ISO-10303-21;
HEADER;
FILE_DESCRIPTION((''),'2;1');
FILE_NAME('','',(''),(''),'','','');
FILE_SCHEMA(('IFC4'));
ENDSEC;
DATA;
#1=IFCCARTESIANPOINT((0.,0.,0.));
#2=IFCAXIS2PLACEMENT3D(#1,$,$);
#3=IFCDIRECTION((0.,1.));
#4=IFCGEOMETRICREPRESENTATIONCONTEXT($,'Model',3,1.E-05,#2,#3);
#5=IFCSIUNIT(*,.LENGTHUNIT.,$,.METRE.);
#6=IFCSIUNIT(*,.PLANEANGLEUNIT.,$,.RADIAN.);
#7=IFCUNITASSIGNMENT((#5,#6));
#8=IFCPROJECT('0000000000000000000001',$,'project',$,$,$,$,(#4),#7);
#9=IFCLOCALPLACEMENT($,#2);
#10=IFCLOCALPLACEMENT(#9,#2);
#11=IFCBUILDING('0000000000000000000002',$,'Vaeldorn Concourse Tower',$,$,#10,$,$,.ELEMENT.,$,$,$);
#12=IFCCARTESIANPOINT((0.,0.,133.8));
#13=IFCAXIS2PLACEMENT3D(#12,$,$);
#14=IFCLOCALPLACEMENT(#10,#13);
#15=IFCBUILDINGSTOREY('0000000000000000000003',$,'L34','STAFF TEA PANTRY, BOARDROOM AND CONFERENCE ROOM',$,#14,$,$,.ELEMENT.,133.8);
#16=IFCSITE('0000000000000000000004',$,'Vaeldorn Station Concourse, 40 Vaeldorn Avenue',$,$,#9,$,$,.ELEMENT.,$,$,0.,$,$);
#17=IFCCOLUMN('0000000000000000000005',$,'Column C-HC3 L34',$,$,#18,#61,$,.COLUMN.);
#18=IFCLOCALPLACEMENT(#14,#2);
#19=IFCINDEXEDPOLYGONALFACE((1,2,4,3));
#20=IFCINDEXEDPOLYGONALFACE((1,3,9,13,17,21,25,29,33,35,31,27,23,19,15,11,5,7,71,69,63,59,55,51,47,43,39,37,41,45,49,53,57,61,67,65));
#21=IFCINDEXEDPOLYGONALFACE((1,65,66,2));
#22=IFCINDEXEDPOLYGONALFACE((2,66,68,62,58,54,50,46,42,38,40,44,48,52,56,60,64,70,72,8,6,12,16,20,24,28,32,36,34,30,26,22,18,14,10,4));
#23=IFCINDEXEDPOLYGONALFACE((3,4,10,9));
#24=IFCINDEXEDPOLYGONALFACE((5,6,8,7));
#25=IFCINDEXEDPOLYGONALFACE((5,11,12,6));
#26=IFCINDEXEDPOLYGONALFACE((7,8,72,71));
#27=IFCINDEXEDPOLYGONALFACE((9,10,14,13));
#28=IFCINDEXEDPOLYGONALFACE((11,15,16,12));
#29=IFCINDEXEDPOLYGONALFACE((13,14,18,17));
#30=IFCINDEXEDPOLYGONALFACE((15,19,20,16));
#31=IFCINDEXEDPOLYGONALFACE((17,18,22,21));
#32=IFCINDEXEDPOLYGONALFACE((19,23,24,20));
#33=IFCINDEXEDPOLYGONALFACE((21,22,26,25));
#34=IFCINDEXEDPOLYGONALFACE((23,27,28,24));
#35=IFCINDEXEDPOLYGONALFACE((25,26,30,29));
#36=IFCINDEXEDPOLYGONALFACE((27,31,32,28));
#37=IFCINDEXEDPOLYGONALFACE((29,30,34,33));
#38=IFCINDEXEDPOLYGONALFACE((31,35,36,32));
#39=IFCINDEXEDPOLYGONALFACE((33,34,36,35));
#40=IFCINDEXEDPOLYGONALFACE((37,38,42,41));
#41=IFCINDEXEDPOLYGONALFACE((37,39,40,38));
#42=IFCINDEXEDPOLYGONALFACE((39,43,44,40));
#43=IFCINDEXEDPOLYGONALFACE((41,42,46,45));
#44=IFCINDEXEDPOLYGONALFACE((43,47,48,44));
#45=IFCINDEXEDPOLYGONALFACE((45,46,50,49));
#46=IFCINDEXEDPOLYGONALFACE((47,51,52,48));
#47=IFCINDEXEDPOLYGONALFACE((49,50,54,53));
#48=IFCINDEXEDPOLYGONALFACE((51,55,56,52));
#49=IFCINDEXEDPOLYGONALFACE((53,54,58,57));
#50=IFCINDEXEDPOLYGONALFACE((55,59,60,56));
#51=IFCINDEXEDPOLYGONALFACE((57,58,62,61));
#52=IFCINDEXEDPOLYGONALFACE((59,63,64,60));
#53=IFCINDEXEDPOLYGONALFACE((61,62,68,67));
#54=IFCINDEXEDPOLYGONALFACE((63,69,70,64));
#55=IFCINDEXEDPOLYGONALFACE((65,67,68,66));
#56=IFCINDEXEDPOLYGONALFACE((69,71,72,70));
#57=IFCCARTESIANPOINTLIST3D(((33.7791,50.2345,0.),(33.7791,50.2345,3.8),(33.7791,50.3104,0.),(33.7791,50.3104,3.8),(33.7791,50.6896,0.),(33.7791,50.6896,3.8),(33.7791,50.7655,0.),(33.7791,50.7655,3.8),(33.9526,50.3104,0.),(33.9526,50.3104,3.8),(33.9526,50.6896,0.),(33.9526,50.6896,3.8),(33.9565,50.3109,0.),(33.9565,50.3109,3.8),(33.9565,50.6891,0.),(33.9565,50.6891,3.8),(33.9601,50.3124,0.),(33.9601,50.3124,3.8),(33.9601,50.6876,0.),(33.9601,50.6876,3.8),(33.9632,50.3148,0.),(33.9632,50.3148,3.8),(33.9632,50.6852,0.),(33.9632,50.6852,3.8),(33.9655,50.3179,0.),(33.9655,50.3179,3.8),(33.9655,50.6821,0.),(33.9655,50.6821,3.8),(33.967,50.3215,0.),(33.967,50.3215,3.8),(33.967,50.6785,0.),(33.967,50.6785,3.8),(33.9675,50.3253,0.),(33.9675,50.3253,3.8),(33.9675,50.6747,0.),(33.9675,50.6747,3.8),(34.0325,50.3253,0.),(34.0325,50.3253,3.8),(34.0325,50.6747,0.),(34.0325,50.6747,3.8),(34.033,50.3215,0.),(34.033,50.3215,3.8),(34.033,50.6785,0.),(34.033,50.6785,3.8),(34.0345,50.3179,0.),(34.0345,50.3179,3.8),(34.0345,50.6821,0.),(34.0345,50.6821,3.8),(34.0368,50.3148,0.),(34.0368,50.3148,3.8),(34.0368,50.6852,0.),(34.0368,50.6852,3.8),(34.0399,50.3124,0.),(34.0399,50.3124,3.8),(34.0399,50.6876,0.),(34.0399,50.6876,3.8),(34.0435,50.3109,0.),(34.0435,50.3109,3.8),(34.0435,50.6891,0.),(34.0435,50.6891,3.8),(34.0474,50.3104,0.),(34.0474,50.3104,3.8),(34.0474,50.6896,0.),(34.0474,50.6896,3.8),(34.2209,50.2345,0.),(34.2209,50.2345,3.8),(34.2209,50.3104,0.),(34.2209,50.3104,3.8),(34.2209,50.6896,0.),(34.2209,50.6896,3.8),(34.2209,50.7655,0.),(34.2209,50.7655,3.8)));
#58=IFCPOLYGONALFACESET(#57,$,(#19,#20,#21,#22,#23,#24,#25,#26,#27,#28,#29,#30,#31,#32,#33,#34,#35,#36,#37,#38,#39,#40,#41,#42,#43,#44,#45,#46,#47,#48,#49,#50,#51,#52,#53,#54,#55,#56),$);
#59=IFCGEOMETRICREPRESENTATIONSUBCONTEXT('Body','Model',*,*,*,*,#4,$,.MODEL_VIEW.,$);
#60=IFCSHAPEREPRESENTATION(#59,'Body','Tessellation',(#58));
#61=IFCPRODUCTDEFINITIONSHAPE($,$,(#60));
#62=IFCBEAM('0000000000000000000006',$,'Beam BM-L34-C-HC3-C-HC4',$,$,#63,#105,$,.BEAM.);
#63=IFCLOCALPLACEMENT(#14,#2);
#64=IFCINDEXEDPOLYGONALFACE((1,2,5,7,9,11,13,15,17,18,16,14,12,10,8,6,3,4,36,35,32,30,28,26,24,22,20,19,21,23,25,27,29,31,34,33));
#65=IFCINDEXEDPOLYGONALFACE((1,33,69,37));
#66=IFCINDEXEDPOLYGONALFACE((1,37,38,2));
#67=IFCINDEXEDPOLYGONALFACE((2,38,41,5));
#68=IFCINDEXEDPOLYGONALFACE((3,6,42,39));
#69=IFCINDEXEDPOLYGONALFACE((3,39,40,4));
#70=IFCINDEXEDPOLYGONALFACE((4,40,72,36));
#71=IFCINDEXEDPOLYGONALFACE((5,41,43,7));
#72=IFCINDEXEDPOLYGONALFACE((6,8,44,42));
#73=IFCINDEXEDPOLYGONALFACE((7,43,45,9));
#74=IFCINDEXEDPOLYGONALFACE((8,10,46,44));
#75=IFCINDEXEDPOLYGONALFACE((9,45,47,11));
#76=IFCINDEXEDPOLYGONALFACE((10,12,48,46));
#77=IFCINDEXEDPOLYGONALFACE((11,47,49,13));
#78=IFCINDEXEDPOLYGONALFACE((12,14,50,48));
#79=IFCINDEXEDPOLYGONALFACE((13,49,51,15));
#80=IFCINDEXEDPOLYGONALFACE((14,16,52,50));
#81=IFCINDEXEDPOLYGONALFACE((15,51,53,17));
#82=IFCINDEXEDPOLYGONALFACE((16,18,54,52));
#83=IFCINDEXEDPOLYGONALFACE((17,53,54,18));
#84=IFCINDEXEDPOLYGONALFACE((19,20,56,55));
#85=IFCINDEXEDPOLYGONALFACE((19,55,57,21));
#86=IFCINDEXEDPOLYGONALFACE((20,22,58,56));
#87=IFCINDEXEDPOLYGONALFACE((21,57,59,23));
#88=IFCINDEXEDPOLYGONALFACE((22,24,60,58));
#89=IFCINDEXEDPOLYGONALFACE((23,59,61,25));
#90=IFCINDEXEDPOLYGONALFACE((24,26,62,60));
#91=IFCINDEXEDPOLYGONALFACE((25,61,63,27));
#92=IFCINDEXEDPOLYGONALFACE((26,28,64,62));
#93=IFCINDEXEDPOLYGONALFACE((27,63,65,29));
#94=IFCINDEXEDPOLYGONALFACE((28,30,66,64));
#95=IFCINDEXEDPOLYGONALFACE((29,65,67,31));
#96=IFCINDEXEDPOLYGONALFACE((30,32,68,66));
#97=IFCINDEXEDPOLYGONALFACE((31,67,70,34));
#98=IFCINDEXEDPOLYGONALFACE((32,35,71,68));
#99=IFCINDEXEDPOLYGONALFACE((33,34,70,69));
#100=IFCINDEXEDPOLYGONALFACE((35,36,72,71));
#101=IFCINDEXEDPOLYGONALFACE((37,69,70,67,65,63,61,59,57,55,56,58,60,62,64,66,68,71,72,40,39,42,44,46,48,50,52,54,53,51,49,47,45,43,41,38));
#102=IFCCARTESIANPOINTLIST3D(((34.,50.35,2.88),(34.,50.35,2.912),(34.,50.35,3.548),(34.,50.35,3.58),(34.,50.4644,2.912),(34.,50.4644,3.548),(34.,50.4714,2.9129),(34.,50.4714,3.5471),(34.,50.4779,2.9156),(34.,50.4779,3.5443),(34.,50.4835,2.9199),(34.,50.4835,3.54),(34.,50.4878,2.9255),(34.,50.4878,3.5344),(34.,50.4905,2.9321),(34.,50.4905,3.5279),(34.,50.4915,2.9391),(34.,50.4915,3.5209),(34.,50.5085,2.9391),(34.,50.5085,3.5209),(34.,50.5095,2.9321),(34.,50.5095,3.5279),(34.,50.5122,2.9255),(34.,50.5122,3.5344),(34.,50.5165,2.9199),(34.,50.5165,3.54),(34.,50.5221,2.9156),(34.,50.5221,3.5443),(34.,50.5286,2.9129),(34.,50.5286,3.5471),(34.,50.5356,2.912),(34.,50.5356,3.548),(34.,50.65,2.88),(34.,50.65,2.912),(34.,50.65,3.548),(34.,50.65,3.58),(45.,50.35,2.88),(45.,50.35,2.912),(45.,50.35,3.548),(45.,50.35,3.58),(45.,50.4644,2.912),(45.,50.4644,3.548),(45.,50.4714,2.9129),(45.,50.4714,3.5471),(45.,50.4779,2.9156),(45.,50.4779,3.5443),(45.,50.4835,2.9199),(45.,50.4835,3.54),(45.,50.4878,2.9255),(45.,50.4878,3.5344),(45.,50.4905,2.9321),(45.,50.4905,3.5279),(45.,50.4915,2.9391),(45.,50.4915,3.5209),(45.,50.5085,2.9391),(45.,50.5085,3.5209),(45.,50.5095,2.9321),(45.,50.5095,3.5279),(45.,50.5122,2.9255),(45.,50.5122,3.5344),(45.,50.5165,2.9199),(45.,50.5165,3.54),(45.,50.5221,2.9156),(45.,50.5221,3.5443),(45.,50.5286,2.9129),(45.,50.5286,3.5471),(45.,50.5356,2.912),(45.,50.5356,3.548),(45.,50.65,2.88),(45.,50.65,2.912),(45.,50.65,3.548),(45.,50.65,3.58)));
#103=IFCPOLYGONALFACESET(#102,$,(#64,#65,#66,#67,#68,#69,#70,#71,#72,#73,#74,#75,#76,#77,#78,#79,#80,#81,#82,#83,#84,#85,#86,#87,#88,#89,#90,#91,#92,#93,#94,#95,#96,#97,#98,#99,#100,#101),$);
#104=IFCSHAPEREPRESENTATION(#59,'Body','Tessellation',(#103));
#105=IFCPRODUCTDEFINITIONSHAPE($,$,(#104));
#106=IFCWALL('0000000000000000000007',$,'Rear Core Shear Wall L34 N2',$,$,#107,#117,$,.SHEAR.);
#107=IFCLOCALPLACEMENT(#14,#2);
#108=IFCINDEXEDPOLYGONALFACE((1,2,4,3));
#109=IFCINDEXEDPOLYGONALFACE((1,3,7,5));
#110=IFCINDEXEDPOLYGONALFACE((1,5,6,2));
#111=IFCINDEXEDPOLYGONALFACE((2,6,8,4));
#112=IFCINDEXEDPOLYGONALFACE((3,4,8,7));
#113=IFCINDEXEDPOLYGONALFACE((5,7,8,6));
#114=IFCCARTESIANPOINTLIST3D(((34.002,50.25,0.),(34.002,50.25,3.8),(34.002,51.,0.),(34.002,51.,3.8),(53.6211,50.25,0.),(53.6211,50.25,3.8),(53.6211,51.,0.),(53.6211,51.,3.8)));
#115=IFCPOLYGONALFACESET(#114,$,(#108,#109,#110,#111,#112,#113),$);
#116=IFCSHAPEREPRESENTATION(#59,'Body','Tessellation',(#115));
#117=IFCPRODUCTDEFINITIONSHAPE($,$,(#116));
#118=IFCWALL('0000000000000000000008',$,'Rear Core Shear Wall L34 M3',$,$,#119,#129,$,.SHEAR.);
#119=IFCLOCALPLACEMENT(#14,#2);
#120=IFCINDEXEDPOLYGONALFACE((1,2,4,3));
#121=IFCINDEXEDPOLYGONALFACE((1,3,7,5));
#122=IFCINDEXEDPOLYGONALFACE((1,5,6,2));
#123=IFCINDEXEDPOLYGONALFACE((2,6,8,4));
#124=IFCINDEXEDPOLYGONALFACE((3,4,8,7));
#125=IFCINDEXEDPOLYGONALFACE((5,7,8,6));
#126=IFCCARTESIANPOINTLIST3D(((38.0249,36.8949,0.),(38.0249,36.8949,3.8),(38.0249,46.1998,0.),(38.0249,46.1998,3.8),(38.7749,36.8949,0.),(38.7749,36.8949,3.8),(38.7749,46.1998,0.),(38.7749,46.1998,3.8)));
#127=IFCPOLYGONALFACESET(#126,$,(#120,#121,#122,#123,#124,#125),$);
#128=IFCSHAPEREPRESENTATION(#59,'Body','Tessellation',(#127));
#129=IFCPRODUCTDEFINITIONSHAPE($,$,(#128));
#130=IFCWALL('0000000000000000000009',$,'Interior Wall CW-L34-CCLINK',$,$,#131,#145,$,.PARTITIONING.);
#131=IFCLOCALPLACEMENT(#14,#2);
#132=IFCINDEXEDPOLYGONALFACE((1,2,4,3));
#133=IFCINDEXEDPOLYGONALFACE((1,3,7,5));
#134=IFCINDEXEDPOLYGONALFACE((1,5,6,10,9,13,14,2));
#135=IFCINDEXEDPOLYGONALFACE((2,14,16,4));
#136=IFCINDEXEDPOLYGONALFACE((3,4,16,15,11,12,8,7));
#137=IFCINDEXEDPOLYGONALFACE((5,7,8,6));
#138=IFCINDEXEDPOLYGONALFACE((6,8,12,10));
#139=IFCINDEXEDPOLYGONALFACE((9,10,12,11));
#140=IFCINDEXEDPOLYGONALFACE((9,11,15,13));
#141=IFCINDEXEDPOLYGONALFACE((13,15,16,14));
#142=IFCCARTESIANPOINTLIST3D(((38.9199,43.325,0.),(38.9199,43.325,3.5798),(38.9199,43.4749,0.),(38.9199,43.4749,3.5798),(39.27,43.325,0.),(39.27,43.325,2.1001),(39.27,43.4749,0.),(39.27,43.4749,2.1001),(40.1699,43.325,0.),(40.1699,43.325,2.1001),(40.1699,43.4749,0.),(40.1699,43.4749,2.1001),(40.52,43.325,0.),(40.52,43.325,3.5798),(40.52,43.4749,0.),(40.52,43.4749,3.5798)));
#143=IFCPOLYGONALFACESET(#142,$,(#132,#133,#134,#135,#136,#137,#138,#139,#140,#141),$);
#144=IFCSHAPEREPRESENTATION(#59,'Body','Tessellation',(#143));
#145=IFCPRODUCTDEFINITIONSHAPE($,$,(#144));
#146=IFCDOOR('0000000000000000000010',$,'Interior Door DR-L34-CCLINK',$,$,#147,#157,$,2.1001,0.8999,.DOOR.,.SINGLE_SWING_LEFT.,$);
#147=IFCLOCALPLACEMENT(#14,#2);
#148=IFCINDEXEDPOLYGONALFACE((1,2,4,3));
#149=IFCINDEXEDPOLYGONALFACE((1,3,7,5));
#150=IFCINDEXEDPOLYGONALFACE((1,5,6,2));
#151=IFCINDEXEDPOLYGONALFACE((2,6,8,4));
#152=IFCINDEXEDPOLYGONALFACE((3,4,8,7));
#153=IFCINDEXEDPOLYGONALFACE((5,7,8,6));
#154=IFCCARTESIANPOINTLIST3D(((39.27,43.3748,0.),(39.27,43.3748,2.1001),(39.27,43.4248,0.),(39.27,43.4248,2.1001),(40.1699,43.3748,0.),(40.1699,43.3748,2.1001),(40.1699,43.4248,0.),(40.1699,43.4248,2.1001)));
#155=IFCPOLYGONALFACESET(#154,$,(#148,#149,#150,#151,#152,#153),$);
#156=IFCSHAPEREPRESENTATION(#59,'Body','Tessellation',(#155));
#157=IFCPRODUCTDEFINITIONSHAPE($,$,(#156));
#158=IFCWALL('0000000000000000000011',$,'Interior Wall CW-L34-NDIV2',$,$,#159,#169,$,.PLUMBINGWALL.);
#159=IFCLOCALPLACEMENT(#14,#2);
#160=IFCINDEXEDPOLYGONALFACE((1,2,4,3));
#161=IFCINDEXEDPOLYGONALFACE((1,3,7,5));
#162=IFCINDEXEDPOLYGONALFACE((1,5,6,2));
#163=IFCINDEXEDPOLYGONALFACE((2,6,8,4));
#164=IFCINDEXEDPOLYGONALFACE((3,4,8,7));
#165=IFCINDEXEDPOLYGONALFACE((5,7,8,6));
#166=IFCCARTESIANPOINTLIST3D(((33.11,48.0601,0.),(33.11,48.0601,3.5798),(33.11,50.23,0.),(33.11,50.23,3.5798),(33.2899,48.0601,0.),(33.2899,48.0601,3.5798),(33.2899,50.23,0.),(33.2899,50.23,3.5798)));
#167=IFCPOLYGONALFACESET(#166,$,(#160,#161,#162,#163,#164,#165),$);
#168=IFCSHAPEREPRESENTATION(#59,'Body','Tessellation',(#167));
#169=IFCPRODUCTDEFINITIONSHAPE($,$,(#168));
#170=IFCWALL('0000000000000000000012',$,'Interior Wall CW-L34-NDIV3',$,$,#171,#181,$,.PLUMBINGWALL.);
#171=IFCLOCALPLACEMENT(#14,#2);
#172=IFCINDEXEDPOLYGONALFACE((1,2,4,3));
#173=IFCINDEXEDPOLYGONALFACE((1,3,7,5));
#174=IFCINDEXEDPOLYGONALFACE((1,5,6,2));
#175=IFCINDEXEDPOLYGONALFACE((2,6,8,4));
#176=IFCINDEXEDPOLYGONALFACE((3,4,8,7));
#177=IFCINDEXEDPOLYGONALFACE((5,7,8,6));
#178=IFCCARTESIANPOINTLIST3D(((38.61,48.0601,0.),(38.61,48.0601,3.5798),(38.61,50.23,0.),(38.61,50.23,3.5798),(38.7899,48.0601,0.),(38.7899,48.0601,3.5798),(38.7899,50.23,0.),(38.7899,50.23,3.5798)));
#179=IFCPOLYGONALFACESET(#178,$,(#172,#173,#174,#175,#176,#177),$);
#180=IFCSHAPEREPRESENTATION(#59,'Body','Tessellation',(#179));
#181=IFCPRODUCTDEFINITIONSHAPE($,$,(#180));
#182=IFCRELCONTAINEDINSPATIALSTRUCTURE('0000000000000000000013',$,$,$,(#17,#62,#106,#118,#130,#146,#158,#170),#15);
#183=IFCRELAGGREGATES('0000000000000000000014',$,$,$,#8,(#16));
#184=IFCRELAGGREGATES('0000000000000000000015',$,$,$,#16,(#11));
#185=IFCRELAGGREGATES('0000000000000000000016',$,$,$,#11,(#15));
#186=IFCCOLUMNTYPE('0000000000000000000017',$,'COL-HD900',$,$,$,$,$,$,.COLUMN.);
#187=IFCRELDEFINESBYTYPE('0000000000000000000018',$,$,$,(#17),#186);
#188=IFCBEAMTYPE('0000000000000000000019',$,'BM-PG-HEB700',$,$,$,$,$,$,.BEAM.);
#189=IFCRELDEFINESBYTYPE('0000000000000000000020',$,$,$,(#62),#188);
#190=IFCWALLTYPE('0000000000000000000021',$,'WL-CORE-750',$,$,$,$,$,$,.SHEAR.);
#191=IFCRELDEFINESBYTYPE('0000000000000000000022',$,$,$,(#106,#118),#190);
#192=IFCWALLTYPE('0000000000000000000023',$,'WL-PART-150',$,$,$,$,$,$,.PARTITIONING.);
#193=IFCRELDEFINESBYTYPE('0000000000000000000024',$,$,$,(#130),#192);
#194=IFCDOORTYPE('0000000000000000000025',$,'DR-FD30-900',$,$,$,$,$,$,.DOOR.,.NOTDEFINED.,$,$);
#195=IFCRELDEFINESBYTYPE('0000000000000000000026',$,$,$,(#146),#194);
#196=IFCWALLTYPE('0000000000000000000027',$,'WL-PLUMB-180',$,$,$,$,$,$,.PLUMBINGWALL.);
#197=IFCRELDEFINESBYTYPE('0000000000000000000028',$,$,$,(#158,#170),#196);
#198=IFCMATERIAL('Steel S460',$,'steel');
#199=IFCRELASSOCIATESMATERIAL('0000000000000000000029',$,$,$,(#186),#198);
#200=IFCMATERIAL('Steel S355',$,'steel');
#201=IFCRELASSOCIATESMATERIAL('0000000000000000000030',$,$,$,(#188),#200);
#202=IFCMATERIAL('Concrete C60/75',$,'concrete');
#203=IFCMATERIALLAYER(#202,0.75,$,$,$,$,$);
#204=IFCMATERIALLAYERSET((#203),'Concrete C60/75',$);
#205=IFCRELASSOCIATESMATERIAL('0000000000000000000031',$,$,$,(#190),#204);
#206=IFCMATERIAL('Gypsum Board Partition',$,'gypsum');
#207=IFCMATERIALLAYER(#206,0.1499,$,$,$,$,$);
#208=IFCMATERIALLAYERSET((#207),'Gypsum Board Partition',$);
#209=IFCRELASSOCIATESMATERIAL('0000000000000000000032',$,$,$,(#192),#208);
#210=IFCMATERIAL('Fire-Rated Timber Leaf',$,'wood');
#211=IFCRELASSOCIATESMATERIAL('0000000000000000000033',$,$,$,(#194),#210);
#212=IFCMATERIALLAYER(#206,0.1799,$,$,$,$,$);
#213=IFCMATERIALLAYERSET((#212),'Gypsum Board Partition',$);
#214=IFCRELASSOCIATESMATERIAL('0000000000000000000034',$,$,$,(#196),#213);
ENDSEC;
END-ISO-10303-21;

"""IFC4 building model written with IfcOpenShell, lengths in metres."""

from ifc_helpers import new_model, si_unit, direction, frame, frame_2d, origin, origin_2d, place, context, subcontext, project, spatial, rectangle, i_section, extrude, source, transform, mapped, material, layer, layer_set, material_profile, profile_set, type_object, element, fill, save


model = new_model("IFC4")

# Units and contexts
model_context = context("Model", 3, precision=1e-05, world=origin(), true_north=direction((0.0, 1.0)))
body_context = subcontext(model_context, "Body", "Model", "MODEL_VIEW")
ifc_project = project(units=[si_unit("LENGTHUNIT", "METRE"), si_unit("PLANEANGLEUNIT", "RADIAN")], contexts=[model_context])

# Site, building, storey
site_placement = place(None, origin())
site = spatial("IfcSite", under=ifc_project, at=site_placement, Name="Vaeldorn Station Concourse, 40 Vaeldorn Avenue", CompositionType="ELEMENT", RefElevation=0.0)
building_placement = place(site_placement, origin())
building = spatial("IfcBuilding", under=site, at=building_placement, Name="Vaeldorn Concourse Tower", CompositionType="ELEMENT")
storey_placement = place(building_placement, frame((0.0, 0.0, 133.8)))
storey = spatial("IfcBuildingStorey", under=building, at=storey_placement, Name="L34", Description="STAFF TEA PANTRY, BOARDROOM AND CONFERENCE ROOM", CompositionType="ELEMENT", Elevation=133.8)

# Column
ifc_material_1 = material(Name="Steel S460", Category="steel")
ifc_material_profile_1 = material_profile(ifc_material_1, i_section(OverallWidth=0.4419, OverallDepth=0.531, WebThickness=0.0649, FlangeThickness=0.0759, FilletRadius=0.0149, at=origin_2d()), Name="HD 400x900")
ifc_profile_set_1 = profile_set([ifc_material_profile_1], Name="Steel S460")
column_type = type_object("IfcColumnType", Name="COL-HD900", PredefinedType="COLUMN", material=ifc_profile_set_1)
shared_shape_1 = source(origin(), body_context, "Body", "SweptSolid", [
    extrude(i_section(OverallWidth=0.4419, OverallDepth=0.531, WebThickness=0.0649, FlangeThickness=0.0759, FilletRadius=0.0149, at=origin_2d()), origin(), (0.0, 0.0, 1.0), 3.8),
])
column_placement = place(storey_placement, frame((34.0, 50.5, 0.0), z_axis=(0.0, 0.0, 1.0), x_axis=(1.0, 0.0, 0.0)))
element("IfcColumn", 1, at=column_placement, inside=storey, type_object=column_type, Name="Column C-HC3 L34", PredefinedType="COLUMN", context=body_context, shape_type="MappedRepresentation", body=[
    mapped(shared_shape_1, transform((0.0, 0.0, 0.0), scale=1.0)),
])

# Beam
ifc_material_2 = material(Name="Steel S355", Category="steel")
ifc_material_profile_2 = material_profile(ifc_material_2, i_section(OverallWidth=0.3, OverallDepth=0.7, WebThickness=0.0171, FlangeThickness=0.032, FilletRadius=0.0271, at=origin_2d()), Name="HEB 700")
ifc_profile_set_2 = profile_set([ifc_material_profile_2], Name="Steel S355")
beam_type = type_object("IfcBeamType", Name="BM-PG-HEB700", PredefinedType="BEAM", material=ifc_profile_set_2)
shared_shape_2 = source(origin(), body_context, "Body", "SweptSolid", [
    extrude(i_section(OverallWidth=0.3, OverallDepth=0.7, WebThickness=0.0171, FlangeThickness=0.032, FilletRadius=0.0271, at=origin_2d()), origin(), (0.0, 0.0, 1.0), 11.0),
])
beam_placement = place(storey_placement, frame((34.0, 50.5, 3.23), z_axis=(1.0, 0.0, 0.0), x_axis=(0.0, 1.0, 0.0)))
element("IfcBeam", 2, at=beam_placement, inside=storey, type_object=beam_type, Name="Beam BM-L34-C-HC3-C-HC4", PredefinedType="BEAM", context=body_context, shape_type="MappedRepresentation", body=[
    mapped(shared_shape_2, transform((0.0, 0.0, 0.0), scale=1.0)),
])

# Walls
ifc_material_3 = material(Name="Concrete C60/75", Category="concrete")
ifc_layer_1 = layer(ifc_material_3, 0.75)
ifc_layer_set_1 = layer_set([ifc_layer_1], Name="Concrete C60/75")
wall_type_1 = type_object("IfcWallType", Name="WL-CORE-750", PredefinedType="SHEAR", material=ifc_layer_set_1)
wall_1_placement = place(storey_placement, frame((34.002, 50.625, 0.0), z_axis=(0.0, 0.0, 1.0), x_axis=(1.0, 0.0, 0.0)))
element("IfcWall", 3, at=wall_1_placement, inside=storey, type_object=wall_type_1, Name="Rear Core Shear Wall L34 N2", PredefinedType="SHEAR", context=body_context, shape_type="SweptSolid", body=[
    extrude(rectangle(XDim=19.6191, YDim=0.75, at=frame_2d((9.8096, 0.0))), origin(), (0.0, 0.0, 1.0), 3.8),
])
wall_2_placement = place(storey_placement, frame((38.3999, 36.895, 0.0), z_axis=(0.0, 0.0, 1.0), x_axis=(0.0, 1.0, 0.0)))
element("IfcWall", 4, at=wall_2_placement, inside=storey, type_object=wall_type_1, Name="Rear Core Shear Wall L34 M3", PredefinedType="SHEAR", context=body_context, shape_type="SweptSolid", body=[
    extrude(rectangle(XDim=9.3049, YDim=0.75, at=frame_2d((4.6523, 0.0))), origin(), (0.0, 0.0, 1.0), 3.8),
])

# Wall, opening, door
ifc_material_4 = material(Name="Gypsum Board Partition", Category="gypsum")
ifc_layer_2 = layer(ifc_material_4, 0.1499)
ifc_layer_set_2 = layer_set([ifc_layer_2], Name="Gypsum Board Partition")
wall_type_2 = type_object("IfcWallType", Name="WL-PART-150", PredefinedType="PARTITIONING", material=ifc_layer_set_2)
wall_3_placement = place(storey_placement, frame((38.9199, 43.3999, 0.0), z_axis=(0.0, 0.0, 1.0), x_axis=(1.0, 0.0, 0.0)))
wall_3 = element("IfcWall", 5, at=wall_3_placement, inside=storey, type_object=wall_type_2, Name="Interior Wall CW-L34-CCLINK", PredefinedType="PARTITIONING", context=body_context, shape_type="SweptSolid", body=[
    extrude(rectangle(XDim=1.6001, YDim=0.1499, at=frame_2d((0.8, 0.0))), origin(), (0.0, 0.0, 1.0), 3.5798),
])
opening_1_placement = place(wall_3_placement, frame((0.3501, 0.0, 0.0)))
opening_1 = element("IfcOpeningElement", 6, at=opening_1_placement, cuts=wall_3, PredefinedType="OPENING", context=body_context, shape_type="SweptSolid", body=[
    extrude(rectangle(XDim=0.8999, YDim=2.1001, at=frame_2d((0.45, 1.05))), frame((0.0, 0.085, 0.0), z_axis=(0.0, -1.0, 0.0), x_axis=(1.0, 0.0, 0.0)), (0.0, 0.0, 1.0), 0.1699),
])
ifc_material_5 = material(Name="Fire-Rated Timber Leaf", Category="wood")
door_type_1 = type_object("IfcDoorType", Name="DR-FD30-900", OperationType="NOTDEFINED", PredefinedType="DOOR", material=ifc_material_5)
shared_shape_3 = source(origin(), body_context, "Body", "SweptSolid", [
    extrude(rectangle(XDim=0.8999, YDim=2.1001, at=frame_2d((0.45, 1.05))), frame((0.0, 0.0249, 0.0), z_axis=(0.0, -1.0, 0.0), x_axis=(1.0, 0.0, 0.0)), (0.0, 0.0, 1.0), 0.05),
])
door_1_placement = place(opening_1_placement, origin())
door_1 = element("IfcDoor", 7, at=door_1_placement, inside=storey, type_object=door_type_1, Name="Interior Door DR-L34-CCLINK", OperationType="SINGLE_SWING_LEFT", OverallHeight=2.1001, OverallWidth=0.8999, PredefinedType="DOOR", context=body_context, shape_type="MappedRepresentation", body=[
    mapped(shared_shape_3, transform((0.0, 0.0, 0.0), scale=1.0)),
])
fill(opening_1, door_1)

# Walls
ifc_layer_3 = layer(ifc_material_4, 0.1799)
ifc_layer_set_3 = layer_set([ifc_layer_3], Name="Gypsum Board Partition")
wall_type_3 = type_object("IfcWallType", Name="WL-PLUMB-180", PredefinedType="PLUMBINGWALL", material=ifc_layer_set_3)
for number, where, z_axis, x_axis, name in (
    (8, (33.2, 48.0601, 0.0), (0.0, 0.0, 1.0), (0.0, 1.0, 0.0), "Interior Wall CW-L34-NDIV2"),
    (9, (38.7, 48.0601, 0.0), (0.0, 0.0, 1.0), (0.0, 1.0, 0.0), "Interior Wall CW-L34-NDIV3"),
):
    element("IfcWall", number, at=place(storey_placement, frame(where, z_axis=z_axis, x_axis=x_axis)), inside=storey, type_object=wall_type_3, Name=name, PredefinedType="PLUMBINGWALL", context=body_context, shape_type="SweptSolid", body=[
        extrude(rectangle(XDim=2.1699, YDim=0.1799, at=frame_2d((1.085, 0.0))), origin(), (0.0, 0.0, 1.0), 3.5798),
    ])

save(model, "model.ifc")
